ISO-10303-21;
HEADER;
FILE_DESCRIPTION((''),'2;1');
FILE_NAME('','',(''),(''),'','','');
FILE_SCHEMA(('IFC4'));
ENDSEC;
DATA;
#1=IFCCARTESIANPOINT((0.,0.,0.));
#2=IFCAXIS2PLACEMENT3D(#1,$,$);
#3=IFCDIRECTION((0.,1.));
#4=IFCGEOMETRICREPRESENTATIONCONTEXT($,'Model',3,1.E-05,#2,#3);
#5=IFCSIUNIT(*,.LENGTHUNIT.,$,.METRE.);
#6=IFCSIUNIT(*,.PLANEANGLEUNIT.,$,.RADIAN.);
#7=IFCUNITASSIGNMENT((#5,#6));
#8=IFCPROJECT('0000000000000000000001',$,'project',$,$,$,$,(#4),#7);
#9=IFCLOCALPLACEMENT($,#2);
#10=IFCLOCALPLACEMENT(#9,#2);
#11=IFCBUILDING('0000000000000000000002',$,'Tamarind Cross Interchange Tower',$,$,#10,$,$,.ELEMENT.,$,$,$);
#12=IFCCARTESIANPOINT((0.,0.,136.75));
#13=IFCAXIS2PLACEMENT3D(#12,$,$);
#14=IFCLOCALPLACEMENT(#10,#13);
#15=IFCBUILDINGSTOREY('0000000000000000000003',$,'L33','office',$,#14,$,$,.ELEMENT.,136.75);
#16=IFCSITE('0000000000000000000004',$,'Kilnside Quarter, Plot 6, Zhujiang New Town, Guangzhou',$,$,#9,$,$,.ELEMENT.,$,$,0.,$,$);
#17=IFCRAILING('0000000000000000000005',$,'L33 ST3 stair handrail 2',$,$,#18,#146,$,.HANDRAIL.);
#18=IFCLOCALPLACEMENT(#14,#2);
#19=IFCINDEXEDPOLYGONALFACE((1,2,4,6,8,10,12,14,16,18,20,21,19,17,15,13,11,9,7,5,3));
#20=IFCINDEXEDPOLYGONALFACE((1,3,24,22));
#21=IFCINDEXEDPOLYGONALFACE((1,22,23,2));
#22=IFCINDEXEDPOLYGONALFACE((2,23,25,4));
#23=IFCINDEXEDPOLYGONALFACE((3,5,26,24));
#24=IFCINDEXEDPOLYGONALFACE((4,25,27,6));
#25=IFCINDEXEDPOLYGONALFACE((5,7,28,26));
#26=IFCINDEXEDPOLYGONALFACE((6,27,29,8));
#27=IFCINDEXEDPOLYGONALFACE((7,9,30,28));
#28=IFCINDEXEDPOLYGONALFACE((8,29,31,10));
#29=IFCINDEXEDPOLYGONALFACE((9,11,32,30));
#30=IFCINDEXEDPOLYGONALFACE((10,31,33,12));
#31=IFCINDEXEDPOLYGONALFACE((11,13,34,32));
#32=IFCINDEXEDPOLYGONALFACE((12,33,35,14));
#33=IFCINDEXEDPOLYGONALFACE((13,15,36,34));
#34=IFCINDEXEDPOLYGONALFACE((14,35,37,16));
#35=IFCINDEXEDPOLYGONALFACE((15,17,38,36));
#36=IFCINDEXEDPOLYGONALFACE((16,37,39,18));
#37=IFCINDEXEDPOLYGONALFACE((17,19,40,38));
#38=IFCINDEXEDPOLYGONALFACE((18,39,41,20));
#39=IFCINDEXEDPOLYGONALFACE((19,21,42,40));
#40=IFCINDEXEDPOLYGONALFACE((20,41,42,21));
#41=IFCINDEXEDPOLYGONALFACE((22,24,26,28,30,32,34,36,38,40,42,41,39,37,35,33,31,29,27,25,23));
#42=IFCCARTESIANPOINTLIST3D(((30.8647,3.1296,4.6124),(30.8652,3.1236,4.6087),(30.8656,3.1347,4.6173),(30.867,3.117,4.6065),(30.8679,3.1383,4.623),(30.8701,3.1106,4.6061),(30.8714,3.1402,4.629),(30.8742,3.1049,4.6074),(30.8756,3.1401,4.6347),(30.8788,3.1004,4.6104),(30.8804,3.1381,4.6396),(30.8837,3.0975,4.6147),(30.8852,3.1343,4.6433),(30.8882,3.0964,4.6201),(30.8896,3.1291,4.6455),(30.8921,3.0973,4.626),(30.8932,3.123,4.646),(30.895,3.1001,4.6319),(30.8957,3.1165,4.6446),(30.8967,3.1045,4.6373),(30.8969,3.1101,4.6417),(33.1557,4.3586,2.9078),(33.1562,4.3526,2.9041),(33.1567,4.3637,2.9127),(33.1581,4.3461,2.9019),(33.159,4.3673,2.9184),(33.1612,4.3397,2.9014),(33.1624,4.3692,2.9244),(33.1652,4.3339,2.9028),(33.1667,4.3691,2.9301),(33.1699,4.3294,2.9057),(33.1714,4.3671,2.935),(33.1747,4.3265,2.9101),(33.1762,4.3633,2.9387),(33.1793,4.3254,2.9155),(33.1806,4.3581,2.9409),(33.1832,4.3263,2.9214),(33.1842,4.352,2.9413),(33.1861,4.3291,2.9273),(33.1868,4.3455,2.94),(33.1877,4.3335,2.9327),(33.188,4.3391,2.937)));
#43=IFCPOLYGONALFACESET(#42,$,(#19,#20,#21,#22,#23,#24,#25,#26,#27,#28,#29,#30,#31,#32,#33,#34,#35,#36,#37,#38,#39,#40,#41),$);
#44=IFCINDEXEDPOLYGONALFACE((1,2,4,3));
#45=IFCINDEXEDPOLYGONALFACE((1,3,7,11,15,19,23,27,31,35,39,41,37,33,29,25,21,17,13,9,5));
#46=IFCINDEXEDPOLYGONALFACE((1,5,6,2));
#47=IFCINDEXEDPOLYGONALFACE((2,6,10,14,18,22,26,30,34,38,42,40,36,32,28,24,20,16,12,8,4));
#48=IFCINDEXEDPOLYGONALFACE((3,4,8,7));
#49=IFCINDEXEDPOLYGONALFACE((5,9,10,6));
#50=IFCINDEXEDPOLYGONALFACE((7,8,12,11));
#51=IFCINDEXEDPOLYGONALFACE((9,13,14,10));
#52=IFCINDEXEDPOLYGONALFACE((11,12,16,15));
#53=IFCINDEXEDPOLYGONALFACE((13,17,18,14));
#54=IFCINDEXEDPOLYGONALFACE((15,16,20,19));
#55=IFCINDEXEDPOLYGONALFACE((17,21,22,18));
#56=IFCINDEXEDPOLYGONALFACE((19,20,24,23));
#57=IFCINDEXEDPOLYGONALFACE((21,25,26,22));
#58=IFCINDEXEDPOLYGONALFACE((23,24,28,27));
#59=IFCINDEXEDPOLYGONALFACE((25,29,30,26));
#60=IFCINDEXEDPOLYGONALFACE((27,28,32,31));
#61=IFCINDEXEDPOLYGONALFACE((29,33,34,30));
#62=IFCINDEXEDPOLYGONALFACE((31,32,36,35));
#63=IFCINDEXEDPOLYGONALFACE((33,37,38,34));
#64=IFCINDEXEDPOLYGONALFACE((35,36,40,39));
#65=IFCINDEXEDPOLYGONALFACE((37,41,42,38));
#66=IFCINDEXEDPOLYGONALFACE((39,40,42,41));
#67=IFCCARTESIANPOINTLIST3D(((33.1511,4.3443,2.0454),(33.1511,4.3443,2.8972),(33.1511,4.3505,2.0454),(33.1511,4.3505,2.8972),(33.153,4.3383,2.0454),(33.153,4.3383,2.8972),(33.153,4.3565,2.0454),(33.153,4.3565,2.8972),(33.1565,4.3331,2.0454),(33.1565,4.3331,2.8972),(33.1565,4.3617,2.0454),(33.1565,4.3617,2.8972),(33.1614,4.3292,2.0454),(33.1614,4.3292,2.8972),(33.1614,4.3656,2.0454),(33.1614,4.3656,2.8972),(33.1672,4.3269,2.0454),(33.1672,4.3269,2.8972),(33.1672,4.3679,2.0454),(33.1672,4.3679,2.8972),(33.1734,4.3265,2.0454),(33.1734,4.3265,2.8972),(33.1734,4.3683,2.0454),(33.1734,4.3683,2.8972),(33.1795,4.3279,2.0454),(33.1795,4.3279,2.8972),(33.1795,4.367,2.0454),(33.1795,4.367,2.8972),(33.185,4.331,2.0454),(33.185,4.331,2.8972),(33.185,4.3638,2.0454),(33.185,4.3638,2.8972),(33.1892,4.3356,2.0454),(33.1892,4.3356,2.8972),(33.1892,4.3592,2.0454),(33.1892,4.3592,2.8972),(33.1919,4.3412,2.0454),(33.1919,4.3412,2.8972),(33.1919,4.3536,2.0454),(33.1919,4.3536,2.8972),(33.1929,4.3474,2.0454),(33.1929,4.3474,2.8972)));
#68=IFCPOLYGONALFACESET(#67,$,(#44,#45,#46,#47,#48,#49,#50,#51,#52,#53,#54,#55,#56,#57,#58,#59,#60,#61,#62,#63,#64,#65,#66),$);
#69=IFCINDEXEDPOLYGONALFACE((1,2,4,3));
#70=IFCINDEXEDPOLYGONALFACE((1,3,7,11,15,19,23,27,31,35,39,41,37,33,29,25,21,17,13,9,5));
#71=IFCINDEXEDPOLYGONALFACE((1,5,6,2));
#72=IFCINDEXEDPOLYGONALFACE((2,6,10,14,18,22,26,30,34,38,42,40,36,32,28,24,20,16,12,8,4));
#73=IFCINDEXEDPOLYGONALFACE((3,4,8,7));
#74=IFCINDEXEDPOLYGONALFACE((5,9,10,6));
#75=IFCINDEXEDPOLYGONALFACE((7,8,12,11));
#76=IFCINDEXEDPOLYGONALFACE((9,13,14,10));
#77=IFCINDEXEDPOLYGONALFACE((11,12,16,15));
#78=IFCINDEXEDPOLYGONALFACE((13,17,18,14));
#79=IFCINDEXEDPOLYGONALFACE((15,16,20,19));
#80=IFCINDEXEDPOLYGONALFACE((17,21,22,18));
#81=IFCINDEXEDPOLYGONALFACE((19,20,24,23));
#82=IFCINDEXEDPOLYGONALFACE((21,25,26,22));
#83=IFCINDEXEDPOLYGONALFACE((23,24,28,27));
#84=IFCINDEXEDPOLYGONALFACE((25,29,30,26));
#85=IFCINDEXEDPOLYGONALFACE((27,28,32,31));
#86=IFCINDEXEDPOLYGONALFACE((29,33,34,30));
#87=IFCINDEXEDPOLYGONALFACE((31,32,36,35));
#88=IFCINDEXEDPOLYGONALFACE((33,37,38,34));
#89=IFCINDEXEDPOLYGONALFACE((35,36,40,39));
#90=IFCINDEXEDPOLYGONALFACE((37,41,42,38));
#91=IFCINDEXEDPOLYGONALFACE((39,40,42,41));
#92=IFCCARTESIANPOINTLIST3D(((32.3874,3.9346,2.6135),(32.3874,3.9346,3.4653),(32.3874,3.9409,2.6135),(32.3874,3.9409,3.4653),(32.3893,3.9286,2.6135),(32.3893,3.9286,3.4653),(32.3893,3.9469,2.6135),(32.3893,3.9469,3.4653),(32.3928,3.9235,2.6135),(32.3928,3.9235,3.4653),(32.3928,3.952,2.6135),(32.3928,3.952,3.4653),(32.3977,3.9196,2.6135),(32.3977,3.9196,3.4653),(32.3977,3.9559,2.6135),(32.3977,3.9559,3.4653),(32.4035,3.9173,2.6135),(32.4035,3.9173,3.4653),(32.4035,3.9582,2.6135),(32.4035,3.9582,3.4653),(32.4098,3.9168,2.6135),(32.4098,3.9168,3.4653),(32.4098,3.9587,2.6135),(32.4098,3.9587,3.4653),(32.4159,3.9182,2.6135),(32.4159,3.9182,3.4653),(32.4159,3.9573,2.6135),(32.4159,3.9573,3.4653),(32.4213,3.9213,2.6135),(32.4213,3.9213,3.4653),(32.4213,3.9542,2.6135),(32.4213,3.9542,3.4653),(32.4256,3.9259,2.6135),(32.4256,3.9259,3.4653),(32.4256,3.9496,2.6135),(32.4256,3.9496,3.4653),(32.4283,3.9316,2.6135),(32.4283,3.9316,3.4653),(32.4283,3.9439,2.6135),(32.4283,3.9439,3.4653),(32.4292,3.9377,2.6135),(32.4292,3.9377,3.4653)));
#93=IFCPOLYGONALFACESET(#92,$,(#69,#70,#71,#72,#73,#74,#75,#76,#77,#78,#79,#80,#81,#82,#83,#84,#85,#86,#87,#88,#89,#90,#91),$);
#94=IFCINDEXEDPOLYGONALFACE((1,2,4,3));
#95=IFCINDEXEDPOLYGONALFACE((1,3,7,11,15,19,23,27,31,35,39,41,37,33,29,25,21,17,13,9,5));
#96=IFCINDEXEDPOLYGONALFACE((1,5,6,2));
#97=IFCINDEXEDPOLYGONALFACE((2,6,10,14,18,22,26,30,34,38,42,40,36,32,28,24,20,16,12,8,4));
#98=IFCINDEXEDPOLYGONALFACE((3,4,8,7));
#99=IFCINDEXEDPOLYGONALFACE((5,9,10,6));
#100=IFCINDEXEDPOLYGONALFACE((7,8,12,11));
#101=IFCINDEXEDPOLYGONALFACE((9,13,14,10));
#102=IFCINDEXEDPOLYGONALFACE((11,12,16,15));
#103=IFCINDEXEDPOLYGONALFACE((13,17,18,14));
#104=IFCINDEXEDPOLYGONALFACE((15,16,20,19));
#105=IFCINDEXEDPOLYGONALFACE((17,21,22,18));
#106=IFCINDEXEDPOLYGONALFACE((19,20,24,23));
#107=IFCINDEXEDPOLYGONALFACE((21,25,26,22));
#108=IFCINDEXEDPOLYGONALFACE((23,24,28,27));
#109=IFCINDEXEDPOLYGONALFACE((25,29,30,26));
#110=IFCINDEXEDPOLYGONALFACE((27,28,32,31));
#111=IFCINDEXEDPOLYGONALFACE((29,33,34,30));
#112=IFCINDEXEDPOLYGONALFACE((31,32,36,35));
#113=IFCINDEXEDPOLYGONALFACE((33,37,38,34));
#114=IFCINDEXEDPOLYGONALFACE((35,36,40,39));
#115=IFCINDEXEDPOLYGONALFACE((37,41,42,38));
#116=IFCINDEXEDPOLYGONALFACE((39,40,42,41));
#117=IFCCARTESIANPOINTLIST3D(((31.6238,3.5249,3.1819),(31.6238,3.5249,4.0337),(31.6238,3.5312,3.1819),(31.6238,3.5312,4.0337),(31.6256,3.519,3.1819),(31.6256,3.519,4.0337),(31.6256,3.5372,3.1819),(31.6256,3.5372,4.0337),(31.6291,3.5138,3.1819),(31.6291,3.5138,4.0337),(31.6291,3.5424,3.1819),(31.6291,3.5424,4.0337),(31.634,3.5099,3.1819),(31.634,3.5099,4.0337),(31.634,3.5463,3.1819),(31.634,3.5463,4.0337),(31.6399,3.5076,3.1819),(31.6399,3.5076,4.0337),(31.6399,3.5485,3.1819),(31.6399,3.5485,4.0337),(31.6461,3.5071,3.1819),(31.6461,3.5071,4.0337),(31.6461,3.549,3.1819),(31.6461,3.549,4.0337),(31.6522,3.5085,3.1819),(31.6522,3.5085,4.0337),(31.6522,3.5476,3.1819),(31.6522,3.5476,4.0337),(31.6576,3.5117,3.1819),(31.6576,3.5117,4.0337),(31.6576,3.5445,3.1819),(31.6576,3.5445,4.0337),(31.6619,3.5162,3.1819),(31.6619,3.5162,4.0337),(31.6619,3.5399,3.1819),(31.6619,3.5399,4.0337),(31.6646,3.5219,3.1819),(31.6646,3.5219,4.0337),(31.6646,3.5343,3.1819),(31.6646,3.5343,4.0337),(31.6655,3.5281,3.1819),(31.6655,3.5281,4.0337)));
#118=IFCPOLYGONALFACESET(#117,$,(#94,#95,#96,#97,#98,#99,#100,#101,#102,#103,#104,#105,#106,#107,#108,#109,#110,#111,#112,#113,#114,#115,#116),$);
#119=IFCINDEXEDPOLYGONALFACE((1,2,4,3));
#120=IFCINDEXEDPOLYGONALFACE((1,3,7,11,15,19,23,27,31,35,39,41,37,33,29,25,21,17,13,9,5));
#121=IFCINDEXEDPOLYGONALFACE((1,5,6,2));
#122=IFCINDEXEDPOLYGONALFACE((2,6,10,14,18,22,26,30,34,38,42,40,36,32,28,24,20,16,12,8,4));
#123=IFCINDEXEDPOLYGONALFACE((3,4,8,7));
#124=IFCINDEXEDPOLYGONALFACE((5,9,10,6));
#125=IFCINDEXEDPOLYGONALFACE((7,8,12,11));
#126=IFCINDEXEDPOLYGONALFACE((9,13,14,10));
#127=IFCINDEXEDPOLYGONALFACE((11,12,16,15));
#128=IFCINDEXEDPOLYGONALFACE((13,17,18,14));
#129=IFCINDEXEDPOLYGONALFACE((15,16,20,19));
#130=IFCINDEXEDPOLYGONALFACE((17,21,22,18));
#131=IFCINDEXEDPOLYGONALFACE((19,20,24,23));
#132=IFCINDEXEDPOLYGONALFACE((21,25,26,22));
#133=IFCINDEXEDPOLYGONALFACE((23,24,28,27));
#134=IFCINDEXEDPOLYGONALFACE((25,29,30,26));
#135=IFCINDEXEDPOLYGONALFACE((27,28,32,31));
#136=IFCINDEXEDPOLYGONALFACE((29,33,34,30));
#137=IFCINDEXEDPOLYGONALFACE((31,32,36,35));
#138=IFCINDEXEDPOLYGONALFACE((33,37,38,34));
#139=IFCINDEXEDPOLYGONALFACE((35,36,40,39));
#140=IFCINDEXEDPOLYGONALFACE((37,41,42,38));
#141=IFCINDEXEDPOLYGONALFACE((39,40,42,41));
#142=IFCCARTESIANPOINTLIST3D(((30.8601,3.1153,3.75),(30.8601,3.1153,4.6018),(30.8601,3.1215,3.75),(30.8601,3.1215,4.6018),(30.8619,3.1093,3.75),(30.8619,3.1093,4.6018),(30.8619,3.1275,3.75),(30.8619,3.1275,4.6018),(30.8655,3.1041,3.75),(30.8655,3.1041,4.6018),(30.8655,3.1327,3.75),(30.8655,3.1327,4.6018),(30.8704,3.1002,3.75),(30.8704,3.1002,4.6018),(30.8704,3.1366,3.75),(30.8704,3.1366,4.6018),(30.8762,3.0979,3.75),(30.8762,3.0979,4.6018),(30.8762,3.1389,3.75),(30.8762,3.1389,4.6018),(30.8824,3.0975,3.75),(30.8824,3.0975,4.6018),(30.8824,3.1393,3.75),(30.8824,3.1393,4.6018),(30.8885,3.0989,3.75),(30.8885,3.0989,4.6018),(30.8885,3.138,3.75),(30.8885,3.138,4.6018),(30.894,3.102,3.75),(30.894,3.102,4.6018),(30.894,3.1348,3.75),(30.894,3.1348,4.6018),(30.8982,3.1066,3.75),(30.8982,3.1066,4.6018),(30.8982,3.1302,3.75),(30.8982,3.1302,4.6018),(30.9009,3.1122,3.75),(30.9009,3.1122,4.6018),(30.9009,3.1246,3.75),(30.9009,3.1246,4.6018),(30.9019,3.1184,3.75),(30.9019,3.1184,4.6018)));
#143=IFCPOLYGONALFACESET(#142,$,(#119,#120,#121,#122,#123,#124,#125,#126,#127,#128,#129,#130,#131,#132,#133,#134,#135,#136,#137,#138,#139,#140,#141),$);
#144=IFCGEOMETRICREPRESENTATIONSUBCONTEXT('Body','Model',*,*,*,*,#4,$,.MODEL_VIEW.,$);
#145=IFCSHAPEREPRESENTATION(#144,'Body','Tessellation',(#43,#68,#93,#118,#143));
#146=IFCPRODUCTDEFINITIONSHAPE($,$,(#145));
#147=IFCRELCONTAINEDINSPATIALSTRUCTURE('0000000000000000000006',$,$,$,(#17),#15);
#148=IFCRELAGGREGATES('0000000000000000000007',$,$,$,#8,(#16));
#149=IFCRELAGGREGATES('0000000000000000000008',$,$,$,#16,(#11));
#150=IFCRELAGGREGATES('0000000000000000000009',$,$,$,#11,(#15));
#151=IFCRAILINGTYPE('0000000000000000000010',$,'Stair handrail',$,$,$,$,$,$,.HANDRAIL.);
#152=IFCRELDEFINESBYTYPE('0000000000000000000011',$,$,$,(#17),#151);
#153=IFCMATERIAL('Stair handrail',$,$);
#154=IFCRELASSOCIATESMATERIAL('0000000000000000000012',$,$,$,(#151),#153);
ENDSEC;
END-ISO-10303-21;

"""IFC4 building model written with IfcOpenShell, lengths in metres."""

from ifc_helpers import new_model, si_unit, direction, frame, origin, origin_2d, place, context, subcontext, project, spatial, circle, extrude, material, type_object, element, save


model = new_model("IFC4")

# Units and contexts
model_context = context("Model", 3, precision=1e-05, world=origin(), true_north=direction((0.0, 1.0)))
body_context = subcontext(model_context, "Body", "Model", "MODEL_VIEW")
ifc_project = project(units=[si_unit("LENGTHUNIT", "METRE"), si_unit("PLANEANGLEUNIT", "RADIAN")], contexts=[model_context])

# Site, building, storey
site_placement = place(None, origin())
site = spatial("IfcSite", under=ifc_project, at=site_placement, Name="Kilnside Quarter, Plot 6, Zhujiang New Town, Guangzhou", CompositionType="ELEMENT", RefElevation=0.0)
building_placement = place(site_placement, origin())
building = spatial("IfcBuilding", under=site, at=building_placement, Name="Tamarind Cross Interchange Tower", CompositionType="ELEMENT")
storey_placement = place(building_placement, frame((0.0, 0.0, 136.75)))
storey = spatial("IfcBuildingStorey", under=building, at=storey_placement, Name="L33", Description="office", CompositionType="ELEMENT", Elevation=136.75)

# Railing
ifc_material_1 = material(Name="Stair handrail")
railing_type_1 = type_object("IfcRailingType", Name="Stair handrail", PredefinedType="HANDRAIL", material=ifc_material_1)
railing_1_placement = place(storey_placement, frame((33.1719, 4.3474, 2.0454)))
element("IfcRailing", 1, at=railing_1_placement, inside=storey, type_object=railing_type_1, Name="L33 ST3 stair handrail 2", PredefinedType="HANDRAIL", context=body_context, shape_type="SweptSolid", body=[
    extrude(circle(Radius=0.0239, at=origin_2d()), frame((0.0, 0.0, 0.876), z_axis=(-0.736938, -0.395327, 0.548306), x_axis=(0.472722, -0.881212, 0.0)), (0.0, 0.0, 1.0), 3.1089),
    extrude(circle(Radius=0.021, at=origin_2d()), origin(), (0.0, 0.0, 1.0), 0.8518),
    extrude(circle(Radius=0.021, at=origin_2d()), frame((-0.7637, -0.4097, 0.5681)), (0.0, 0.0, 1.0), 0.8518),
    extrude(circle(Radius=0.021, at=origin_2d()), frame((-1.5273, -0.8193, 1.1365)), (0.0, 0.0, 1.0), 0.8518),
    extrude(circle(Radius=0.021, at=origin_2d()), frame((-2.291, -1.229, 1.7046)), (0.0, 0.0, 1.0), 0.8518),
])

save(model, "model.ifc")
